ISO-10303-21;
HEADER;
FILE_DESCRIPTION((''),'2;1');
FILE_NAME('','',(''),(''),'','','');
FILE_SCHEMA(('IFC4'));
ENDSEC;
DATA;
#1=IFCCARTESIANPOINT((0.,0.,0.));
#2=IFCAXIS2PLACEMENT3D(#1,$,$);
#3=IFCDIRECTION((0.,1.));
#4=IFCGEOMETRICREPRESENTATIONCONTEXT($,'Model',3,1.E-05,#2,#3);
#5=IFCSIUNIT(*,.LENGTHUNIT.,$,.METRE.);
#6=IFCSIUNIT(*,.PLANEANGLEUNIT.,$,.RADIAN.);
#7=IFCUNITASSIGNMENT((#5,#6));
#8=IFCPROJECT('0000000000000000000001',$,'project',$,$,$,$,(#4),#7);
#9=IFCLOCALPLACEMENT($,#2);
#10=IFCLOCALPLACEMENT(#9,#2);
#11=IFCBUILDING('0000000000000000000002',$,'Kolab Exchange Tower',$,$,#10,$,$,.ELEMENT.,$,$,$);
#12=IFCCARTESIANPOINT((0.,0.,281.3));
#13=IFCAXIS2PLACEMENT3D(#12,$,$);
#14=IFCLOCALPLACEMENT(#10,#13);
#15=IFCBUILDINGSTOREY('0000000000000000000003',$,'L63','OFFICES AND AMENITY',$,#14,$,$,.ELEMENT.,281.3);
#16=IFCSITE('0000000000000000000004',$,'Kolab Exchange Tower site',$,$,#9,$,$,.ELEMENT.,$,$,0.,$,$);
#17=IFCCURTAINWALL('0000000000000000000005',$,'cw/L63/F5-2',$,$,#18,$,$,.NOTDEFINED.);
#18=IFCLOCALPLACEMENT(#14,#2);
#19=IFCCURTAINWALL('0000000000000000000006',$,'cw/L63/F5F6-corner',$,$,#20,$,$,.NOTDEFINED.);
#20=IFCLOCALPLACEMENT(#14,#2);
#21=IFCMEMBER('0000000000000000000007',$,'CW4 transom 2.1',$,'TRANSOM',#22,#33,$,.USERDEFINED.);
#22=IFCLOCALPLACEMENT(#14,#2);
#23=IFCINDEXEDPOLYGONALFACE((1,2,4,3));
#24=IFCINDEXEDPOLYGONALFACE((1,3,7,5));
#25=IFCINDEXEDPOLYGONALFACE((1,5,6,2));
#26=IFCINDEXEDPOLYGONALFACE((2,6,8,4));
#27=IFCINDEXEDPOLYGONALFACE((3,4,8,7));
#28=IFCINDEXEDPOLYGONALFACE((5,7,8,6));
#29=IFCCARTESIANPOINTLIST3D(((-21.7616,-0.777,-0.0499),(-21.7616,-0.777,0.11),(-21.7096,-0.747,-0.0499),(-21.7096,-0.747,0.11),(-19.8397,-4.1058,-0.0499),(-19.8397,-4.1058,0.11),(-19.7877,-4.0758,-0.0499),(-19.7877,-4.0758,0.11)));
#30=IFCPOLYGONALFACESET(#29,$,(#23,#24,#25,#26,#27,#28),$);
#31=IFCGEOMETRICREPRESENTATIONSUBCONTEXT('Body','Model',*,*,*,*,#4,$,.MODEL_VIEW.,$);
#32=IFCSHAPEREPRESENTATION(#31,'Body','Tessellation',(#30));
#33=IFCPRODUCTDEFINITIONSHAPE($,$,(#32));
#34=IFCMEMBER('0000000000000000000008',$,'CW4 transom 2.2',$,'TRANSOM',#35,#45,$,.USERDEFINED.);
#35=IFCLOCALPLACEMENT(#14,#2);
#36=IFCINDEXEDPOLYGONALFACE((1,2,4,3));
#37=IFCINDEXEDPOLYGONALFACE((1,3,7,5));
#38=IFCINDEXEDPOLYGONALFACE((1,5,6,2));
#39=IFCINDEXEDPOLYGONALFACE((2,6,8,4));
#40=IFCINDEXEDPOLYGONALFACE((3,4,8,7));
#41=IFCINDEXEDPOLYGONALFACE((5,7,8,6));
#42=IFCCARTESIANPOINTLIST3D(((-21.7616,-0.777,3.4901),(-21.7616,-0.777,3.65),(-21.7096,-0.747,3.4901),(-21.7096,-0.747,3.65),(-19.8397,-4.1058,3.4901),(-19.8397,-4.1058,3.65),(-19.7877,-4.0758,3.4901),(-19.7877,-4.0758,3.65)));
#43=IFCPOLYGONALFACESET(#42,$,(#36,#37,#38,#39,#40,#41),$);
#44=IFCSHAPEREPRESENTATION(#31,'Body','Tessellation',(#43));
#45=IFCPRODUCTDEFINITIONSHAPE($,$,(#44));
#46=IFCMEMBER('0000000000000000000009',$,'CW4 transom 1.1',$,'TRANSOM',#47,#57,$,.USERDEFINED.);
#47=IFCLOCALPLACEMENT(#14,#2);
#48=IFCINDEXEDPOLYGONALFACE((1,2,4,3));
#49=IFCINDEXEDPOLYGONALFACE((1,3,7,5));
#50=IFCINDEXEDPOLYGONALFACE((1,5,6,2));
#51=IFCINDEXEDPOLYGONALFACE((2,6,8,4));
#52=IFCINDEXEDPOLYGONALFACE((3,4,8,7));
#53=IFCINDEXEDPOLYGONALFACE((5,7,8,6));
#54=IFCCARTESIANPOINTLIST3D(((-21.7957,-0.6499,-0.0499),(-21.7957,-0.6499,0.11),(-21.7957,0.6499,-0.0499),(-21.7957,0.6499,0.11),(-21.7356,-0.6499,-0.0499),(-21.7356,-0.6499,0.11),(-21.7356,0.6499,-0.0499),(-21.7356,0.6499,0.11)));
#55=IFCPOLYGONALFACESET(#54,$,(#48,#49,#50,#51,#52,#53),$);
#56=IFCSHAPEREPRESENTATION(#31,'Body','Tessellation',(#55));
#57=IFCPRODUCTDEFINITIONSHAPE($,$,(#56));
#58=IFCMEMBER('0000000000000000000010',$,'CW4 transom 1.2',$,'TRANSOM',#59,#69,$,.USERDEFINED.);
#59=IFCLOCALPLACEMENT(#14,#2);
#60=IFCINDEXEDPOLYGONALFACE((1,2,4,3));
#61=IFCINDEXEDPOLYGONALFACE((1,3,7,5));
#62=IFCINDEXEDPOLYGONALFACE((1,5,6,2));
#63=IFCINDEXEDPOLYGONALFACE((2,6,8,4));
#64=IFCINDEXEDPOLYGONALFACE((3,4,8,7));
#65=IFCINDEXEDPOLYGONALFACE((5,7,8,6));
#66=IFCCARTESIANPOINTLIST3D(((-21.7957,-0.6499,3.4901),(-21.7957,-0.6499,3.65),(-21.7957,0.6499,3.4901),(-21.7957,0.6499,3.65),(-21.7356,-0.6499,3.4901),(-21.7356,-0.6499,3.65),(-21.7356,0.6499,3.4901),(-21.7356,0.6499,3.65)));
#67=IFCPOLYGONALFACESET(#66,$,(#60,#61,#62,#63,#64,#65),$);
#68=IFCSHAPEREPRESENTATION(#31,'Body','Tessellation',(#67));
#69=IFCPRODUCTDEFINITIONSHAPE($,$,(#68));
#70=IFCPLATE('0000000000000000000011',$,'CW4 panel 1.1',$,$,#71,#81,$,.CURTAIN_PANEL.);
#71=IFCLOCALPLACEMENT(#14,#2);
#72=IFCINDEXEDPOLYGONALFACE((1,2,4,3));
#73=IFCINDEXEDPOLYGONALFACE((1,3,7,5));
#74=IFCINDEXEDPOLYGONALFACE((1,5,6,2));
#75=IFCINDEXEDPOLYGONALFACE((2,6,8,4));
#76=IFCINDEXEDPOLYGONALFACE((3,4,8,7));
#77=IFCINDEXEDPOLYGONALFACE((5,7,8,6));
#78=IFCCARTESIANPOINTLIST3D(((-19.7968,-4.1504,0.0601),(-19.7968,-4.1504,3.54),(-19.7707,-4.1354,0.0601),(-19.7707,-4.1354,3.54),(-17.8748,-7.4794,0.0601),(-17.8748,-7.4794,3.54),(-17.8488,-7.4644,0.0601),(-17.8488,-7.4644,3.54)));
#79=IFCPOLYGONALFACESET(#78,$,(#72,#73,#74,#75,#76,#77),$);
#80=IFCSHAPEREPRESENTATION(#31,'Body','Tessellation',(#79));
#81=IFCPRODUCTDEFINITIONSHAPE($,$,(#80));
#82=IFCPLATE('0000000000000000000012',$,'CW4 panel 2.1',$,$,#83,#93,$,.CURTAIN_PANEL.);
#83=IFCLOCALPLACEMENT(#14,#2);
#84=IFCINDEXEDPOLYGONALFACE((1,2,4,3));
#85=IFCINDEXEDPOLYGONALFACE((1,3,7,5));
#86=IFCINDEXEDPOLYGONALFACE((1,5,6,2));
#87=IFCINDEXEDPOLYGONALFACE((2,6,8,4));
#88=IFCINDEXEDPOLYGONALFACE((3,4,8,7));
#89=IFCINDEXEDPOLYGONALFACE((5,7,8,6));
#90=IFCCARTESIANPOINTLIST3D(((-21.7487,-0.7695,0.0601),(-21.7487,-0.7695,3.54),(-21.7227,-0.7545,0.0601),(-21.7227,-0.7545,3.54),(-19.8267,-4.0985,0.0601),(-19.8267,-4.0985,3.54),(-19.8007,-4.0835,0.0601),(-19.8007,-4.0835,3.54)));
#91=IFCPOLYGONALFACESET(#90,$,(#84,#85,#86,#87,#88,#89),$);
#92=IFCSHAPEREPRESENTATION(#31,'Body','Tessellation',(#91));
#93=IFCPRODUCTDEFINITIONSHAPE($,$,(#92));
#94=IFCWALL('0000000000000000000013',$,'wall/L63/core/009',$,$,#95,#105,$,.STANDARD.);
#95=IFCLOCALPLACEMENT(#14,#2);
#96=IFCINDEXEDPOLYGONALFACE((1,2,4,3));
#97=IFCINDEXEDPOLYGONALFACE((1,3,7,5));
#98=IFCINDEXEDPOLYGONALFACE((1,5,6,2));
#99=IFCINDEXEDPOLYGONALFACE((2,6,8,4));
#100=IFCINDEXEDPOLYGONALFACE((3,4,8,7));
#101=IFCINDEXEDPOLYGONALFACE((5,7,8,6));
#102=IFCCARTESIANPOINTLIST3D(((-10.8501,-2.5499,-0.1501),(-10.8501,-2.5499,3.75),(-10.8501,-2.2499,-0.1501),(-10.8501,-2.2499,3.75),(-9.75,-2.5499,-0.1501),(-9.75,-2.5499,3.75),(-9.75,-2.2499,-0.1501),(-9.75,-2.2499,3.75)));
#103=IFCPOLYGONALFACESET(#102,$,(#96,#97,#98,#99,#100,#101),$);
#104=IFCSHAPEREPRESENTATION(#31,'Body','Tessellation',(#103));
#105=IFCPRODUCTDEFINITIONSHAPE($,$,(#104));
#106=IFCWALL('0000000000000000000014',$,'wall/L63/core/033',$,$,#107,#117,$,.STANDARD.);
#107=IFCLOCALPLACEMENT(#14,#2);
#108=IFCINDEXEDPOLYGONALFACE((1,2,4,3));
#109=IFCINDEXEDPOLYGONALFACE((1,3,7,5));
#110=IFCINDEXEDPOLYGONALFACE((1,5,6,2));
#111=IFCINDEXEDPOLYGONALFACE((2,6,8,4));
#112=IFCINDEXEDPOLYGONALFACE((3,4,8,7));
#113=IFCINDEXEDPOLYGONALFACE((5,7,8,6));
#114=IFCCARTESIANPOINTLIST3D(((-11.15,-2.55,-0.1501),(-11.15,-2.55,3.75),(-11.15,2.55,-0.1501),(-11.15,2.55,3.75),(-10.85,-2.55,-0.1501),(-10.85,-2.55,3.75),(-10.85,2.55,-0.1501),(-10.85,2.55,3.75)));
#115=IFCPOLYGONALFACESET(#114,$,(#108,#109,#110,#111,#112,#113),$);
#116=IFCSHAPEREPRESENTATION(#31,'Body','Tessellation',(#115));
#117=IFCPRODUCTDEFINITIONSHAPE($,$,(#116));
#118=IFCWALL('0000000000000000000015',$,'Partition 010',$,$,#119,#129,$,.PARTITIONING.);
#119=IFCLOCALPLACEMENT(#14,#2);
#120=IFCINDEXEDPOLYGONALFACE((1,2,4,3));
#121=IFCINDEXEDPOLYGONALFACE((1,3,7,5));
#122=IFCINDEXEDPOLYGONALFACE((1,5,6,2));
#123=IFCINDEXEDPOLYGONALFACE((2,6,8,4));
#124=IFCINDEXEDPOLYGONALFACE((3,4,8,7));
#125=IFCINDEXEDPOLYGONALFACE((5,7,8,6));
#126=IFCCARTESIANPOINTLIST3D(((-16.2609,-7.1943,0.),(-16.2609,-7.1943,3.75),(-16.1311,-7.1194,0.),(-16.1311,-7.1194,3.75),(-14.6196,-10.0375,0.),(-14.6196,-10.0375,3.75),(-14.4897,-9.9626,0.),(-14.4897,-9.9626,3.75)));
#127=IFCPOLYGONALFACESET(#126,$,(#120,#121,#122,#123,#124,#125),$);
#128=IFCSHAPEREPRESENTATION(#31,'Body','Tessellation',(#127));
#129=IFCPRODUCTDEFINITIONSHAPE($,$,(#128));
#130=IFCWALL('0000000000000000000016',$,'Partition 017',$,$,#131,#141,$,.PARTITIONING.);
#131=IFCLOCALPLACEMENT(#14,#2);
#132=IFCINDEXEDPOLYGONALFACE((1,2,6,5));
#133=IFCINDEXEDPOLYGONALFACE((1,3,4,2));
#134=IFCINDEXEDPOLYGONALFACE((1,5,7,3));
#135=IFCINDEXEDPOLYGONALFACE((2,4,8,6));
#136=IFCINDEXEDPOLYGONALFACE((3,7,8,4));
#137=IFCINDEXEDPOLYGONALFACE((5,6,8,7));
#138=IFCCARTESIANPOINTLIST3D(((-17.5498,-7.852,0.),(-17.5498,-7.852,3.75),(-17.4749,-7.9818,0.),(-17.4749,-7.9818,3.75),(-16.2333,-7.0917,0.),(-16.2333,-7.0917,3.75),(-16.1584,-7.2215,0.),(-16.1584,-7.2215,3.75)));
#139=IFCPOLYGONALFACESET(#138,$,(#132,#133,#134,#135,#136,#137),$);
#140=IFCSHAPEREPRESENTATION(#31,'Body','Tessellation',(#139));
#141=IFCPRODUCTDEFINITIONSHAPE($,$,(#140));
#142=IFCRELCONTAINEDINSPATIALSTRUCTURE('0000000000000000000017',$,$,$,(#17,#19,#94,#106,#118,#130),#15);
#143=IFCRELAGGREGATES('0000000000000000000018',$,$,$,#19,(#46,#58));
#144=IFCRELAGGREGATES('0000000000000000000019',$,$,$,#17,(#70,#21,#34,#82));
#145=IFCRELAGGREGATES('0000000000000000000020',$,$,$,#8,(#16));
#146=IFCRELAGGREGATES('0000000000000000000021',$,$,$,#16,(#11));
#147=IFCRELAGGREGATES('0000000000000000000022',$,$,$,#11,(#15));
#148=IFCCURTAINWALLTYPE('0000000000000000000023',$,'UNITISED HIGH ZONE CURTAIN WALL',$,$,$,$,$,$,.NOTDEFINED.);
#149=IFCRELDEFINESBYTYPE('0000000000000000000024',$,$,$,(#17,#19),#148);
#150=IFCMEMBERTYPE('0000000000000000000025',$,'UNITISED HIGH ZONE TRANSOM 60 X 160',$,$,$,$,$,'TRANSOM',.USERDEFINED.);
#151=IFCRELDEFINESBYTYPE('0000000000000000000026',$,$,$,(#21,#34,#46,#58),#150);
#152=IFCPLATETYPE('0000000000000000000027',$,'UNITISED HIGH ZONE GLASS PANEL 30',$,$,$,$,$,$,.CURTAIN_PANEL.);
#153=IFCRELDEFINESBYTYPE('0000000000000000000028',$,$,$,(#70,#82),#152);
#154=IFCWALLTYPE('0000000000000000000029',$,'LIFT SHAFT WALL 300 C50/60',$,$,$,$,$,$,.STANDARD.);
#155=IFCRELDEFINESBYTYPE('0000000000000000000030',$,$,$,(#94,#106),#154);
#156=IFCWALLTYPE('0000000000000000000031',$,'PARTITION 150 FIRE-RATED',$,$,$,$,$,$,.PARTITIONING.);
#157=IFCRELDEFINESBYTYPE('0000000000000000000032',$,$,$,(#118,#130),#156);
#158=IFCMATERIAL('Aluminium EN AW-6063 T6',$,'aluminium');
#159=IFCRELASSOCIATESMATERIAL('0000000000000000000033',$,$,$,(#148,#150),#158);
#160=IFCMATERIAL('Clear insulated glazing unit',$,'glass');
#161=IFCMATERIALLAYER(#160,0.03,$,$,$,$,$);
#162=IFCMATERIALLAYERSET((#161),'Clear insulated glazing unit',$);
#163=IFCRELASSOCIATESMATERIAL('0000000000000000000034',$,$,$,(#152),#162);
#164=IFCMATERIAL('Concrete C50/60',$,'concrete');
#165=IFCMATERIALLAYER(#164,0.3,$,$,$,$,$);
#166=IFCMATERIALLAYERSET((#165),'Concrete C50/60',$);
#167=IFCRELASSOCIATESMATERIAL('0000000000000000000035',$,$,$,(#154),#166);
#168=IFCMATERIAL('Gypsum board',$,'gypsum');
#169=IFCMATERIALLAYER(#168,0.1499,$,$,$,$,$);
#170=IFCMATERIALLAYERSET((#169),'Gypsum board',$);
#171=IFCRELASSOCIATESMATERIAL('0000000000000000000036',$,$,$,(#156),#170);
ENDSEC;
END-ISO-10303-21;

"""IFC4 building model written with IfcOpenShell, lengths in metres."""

from ifc_helpers import new_model, si_unit, direction, frame, frame_2d, origin, origin_2d, place, context, subcontext, project, spatial, rectangle, extrude, material, layer, layer_set, material_profile, profile_set, type_object, element, aggregate, save


model = new_model("IFC4")

# Units and contexts
model_context = context("Model", 3, precision=1e-05, world=origin(), true_north=direction((0.0, 1.0)))
body_context = subcontext(model_context, "Body", "Model", "MODEL_VIEW")
ifc_project = project(units=[si_unit("LENGTHUNIT", "METRE"), si_unit("PLANEANGLEUNIT", "RADIAN")], contexts=[model_context])

# Site, building, storey
site_placement = place(None, origin())
site = spatial("IfcSite", under=ifc_project, at=site_placement, Name="Kolab Exchange Tower site", CompositionType="ELEMENT", RefElevation=0.0)
building_placement = place(site_placement, origin())
building = spatial("IfcBuilding", under=site, at=building_placement, Name="Kolab Exchange Tower", CompositionType="ELEMENT")
storey_placement = place(building_placement, frame((0.0, 0.0, 281.3)))
storey = spatial("IfcBuildingStorey", under=building, at=storey_placement, Name="L63", Description="OFFICES AND AMENITY", CompositionType="ELEMENT", Elevation=281.3)

# Shared definitions
ifc_material_1 = material(Name="Concrete C50/60", Category="concrete")

# Curtain wall
ifc_material_2 = material(Name="Aluminium EN AW-6063 T6", Category="aluminium")
curtain_wall_type = type_object("IfcCurtainWallType", Name="UNITISED HIGH ZONE CURTAIN WALL", PredefinedType="NOTDEFINED", material=ifc_material_2)
curtain_wall_1_placement = place(storey_placement, origin())
curtain_wall_1 = element("IfcCurtainWall", 1, at=curtain_wall_1_placement, inside=storey, type_object=curtain_wall_type, Name="cw/L63/F5-2", PredefinedType="NOTDEFINED")

# Curtain wall
curtain_wall_2_placement = place(storey_placement, origin())
curtain_wall_2 = element("IfcCurtainWall", 2, at=curtain_wall_2_placement, inside=storey, type_object=curtain_wall_type, Name="cw/L63/F5F6-corner", PredefinedType="NOTDEFINED")

# Members
ifc_material_profile_1 = material_profile(ifc_material_2, rectangle(XDim=0.0601, YDim=0.1599, at=origin_2d()), Name="RECT 60X160")
ifc_profile_set_1 = profile_set([ifc_material_profile_1], Name="Aluminium EN AW-6063 T6")
member_type_1 = type_object("IfcMemberType", Name="UNITISED HIGH ZONE TRANSOM 60 X 160", ElementType="TRANSOM", PredefinedType="USERDEFINED", material=ifc_profile_set_1)
member_1_placement = place(storey_placement, frame((-19.8137, -4.0908, 0.03), z_axis=(-0.499992, 0.86603, 0.0), x_axis=(-0.86603, -0.499992, 0.0)))
member_1 = element("IfcMember", 3, at=member_1_placement, type_object=member_type_1, Name="CW4 transom 2.1", ObjectType="TRANSOM", PredefinedType="USERDEFINED", context=body_context, shape_type="SweptSolid", body=[
    extrude(rectangle(XDim=0.0601, YDim=0.1599, at=origin_2d()), origin(), (0.0, 0.0, 1.0), 3.8438),
])
member_2_placement = place(storey_placement, frame((-19.8137, -4.0908, 3.5701), z_axis=(-0.499992, 0.86603, 0.0), x_axis=(-0.86603, -0.499992, 0.0)))
member_2 = element("IfcMember", 4, at=member_2_placement, type_object=member_type_1, Name="CW4 transom 2.2", ObjectType="TRANSOM", PredefinedType="USERDEFINED", context=body_context, shape_type="SweptSolid", body=[
    extrude(rectangle(XDim=0.0601, YDim=0.1599, at=origin_2d()), origin(), (0.0, 0.0, 1.0), 3.8438),
])
member_3_placement = place(storey_placement, frame((-21.7656, -0.6499, 0.03), z_axis=(0.0, 1.0, 0.0), x_axis=(-1.0, 0.0, 0.0)))
member_3 = element("IfcMember", 5, at=member_3_placement, type_object=member_type_1, Name="CW4 transom 1.1", ObjectType="TRANSOM", PredefinedType="USERDEFINED", context=body_context, shape_type="SweptSolid", body=[
    extrude(rectangle(XDim=0.0601, YDim=0.1599, at=origin_2d()), origin(), (0.0, 0.0, 1.0), 1.2998),
])
member_4_placement = place(storey_placement, frame((-21.7656, -0.6499, 3.5701), z_axis=(0.0, 1.0, 0.0), x_axis=(-1.0, 0.0, 0.0)))
member_4 = element("IfcMember", 6, at=member_4_placement, type_object=member_type_1, Name="CW4 transom 1.2", ObjectType="TRANSOM", PredefinedType="USERDEFINED", context=body_context, shape_type="SweptSolid", body=[
    extrude(rectangle(XDim=0.0601, YDim=0.1599, at=origin_2d()), origin(), (0.0, 0.0, 1.0), 1.2998),
])
aggregate(curtain_wall_2, [member_3, member_4])

# Plates
ifc_material_3 = material(Name="Clear insulated glazing unit", Category="glass")
ifc_layer_1 = layer(ifc_material_3, 0.03)
ifc_layer_set_1 = layer_set([ifc_layer_1], Name="Clear insulated glazing unit")
plate_type = type_object("IfcPlateType", Name="UNITISED HIGH ZONE GLASS PANEL 30", PredefinedType="CURTAIN_PANEL", material=ifc_layer_set_1)
plate_1_placement = place(storey_placement, frame((-18.8228, -5.8074, 0.0601), z_axis=(0.0, 0.0, 1.0), x_axis=(-0.5, 0.866025, 0.0)))
plate_1 = element("IfcPlate", 7, at=plate_1_placement, type_object=plate_type, Name="CW4 panel 1.1", PredefinedType="CURTAIN_PANEL", context=body_context, shape_type="SweptSolid", body=[
    extrude(rectangle(XDim=3.844, YDim=0.03, at=origin_2d()), origin(), (0.0, 0.0, 1.0), 3.48),
])
plate_2_placement = place(storey_placement, frame((-20.7747, -2.4265, 0.0601), z_axis=(0.0, 0.0, 1.0), x_axis=(-0.5, 0.866025, 0.0)))
plate_2 = element("IfcPlate", 8, at=plate_2_placement, type_object=plate_type, Name="CW4 panel 2.1", PredefinedType="CURTAIN_PANEL", context=body_context, shape_type="SweptSolid", body=[
    extrude(rectangle(XDim=3.844, YDim=0.03, at=origin_2d()), origin(), (0.0, 0.0, 1.0), 3.48),
])
aggregate(curtain_wall_1, [plate_1, member_1, member_2, plate_2])

# Walls
ifc_layer_2 = layer(ifc_material_1, 0.3)
ifc_layer_set_2 = layer_set([ifc_layer_2], Name="Concrete C50/60")
wall_type_1 = type_object("IfcWallType", Name="LIFT SHAFT WALL 300 C50/60", PredefinedType="STANDARD", material=ifc_layer_set_2)
wall_1_placement = place(storey_placement, frame((-10.8501, -2.3999, -0.1501), z_axis=(0.0, 0.0, 1.0), x_axis=(1.0, 0.0, 0.0)))
element("IfcWall", 9, at=wall_1_placement, inside=storey, type_object=wall_type_1, Name="wall/L63/core/009", PredefinedType="STANDARD", context=body_context, shape_type="SweptSolid", body=[
    extrude(rectangle(XDim=1.1001, YDim=0.3, at=frame_2d((0.55, 0.0))), origin(), (0.0, 0.0, 1.0), 3.9001),
])
wall_2_placement = place(storey_placement, frame((-11.0, -2.55, -0.1501), z_axis=(0.0, 0.0, 1.0), x_axis=(0.0, 1.0, 0.0)))
element("IfcWall", 10, at=wall_2_placement, inside=storey, type_object=wall_type_1, Name="wall/L63/core/033", PredefinedType="STANDARD", context=body_context, shape_type="SweptSolid", body=[
    extrude(rectangle(XDim=5.1001, YDim=0.3, at=frame_2d((2.55, 0.0))), origin(), (0.0, 0.0, 1.0), 3.9001),
])
ifc_material_4 = material(Name="Gypsum board", Category="gypsum")
ifc_layer_3 = layer(ifc_material_4, 0.1499)
ifc_layer_set_3 = layer_set([ifc_layer_3], Name="Gypsum board")
wall_type_2 = type_object("IfcWallType", Name="PARTITION 150 FIRE-RATED", PredefinedType="PARTITIONING", material=ifc_layer_set_3)
wall_3_placement = place(storey_placement, frame((-16.196, -7.1567, 0.0), z_axis=(0.0, 0.0, 1.0), x_axis=(0.499954, -0.866052, 0.0)))
element("IfcWall", 11, at=wall_3_placement, inside=storey, type_object=wall_type_2, Name="Partition 010", PredefinedType="PARTITIONING", context=body_context, shape_type="SweptSolid", body=[
    extrude(rectangle(XDim=3.283, YDim=0.1499, at=frame_2d((1.6416, 0.0))), origin(), (0.0, 0.0, 1.0), 3.75),
])
wall_4_placement = place(storey_placement, frame((-17.5125, -7.917, 0.0), z_axis=(0.0, 0.0, 1.0), x_axis=(0.865961, 0.500112, 0.0)))
element("IfcWall", 12, at=wall_4_placement, inside=storey, type_object=wall_type_2, Name="Partition 017", PredefinedType="PARTITIONING", context=body_context, shape_type="SweptSolid", body=[
    extrude(rectangle(XDim=1.5203, YDim=0.1499, at=frame_2d((0.7603, 0.0))), origin(), (0.0, 0.0, 1.0), 3.75),
])

save(model, "model.ifc")
